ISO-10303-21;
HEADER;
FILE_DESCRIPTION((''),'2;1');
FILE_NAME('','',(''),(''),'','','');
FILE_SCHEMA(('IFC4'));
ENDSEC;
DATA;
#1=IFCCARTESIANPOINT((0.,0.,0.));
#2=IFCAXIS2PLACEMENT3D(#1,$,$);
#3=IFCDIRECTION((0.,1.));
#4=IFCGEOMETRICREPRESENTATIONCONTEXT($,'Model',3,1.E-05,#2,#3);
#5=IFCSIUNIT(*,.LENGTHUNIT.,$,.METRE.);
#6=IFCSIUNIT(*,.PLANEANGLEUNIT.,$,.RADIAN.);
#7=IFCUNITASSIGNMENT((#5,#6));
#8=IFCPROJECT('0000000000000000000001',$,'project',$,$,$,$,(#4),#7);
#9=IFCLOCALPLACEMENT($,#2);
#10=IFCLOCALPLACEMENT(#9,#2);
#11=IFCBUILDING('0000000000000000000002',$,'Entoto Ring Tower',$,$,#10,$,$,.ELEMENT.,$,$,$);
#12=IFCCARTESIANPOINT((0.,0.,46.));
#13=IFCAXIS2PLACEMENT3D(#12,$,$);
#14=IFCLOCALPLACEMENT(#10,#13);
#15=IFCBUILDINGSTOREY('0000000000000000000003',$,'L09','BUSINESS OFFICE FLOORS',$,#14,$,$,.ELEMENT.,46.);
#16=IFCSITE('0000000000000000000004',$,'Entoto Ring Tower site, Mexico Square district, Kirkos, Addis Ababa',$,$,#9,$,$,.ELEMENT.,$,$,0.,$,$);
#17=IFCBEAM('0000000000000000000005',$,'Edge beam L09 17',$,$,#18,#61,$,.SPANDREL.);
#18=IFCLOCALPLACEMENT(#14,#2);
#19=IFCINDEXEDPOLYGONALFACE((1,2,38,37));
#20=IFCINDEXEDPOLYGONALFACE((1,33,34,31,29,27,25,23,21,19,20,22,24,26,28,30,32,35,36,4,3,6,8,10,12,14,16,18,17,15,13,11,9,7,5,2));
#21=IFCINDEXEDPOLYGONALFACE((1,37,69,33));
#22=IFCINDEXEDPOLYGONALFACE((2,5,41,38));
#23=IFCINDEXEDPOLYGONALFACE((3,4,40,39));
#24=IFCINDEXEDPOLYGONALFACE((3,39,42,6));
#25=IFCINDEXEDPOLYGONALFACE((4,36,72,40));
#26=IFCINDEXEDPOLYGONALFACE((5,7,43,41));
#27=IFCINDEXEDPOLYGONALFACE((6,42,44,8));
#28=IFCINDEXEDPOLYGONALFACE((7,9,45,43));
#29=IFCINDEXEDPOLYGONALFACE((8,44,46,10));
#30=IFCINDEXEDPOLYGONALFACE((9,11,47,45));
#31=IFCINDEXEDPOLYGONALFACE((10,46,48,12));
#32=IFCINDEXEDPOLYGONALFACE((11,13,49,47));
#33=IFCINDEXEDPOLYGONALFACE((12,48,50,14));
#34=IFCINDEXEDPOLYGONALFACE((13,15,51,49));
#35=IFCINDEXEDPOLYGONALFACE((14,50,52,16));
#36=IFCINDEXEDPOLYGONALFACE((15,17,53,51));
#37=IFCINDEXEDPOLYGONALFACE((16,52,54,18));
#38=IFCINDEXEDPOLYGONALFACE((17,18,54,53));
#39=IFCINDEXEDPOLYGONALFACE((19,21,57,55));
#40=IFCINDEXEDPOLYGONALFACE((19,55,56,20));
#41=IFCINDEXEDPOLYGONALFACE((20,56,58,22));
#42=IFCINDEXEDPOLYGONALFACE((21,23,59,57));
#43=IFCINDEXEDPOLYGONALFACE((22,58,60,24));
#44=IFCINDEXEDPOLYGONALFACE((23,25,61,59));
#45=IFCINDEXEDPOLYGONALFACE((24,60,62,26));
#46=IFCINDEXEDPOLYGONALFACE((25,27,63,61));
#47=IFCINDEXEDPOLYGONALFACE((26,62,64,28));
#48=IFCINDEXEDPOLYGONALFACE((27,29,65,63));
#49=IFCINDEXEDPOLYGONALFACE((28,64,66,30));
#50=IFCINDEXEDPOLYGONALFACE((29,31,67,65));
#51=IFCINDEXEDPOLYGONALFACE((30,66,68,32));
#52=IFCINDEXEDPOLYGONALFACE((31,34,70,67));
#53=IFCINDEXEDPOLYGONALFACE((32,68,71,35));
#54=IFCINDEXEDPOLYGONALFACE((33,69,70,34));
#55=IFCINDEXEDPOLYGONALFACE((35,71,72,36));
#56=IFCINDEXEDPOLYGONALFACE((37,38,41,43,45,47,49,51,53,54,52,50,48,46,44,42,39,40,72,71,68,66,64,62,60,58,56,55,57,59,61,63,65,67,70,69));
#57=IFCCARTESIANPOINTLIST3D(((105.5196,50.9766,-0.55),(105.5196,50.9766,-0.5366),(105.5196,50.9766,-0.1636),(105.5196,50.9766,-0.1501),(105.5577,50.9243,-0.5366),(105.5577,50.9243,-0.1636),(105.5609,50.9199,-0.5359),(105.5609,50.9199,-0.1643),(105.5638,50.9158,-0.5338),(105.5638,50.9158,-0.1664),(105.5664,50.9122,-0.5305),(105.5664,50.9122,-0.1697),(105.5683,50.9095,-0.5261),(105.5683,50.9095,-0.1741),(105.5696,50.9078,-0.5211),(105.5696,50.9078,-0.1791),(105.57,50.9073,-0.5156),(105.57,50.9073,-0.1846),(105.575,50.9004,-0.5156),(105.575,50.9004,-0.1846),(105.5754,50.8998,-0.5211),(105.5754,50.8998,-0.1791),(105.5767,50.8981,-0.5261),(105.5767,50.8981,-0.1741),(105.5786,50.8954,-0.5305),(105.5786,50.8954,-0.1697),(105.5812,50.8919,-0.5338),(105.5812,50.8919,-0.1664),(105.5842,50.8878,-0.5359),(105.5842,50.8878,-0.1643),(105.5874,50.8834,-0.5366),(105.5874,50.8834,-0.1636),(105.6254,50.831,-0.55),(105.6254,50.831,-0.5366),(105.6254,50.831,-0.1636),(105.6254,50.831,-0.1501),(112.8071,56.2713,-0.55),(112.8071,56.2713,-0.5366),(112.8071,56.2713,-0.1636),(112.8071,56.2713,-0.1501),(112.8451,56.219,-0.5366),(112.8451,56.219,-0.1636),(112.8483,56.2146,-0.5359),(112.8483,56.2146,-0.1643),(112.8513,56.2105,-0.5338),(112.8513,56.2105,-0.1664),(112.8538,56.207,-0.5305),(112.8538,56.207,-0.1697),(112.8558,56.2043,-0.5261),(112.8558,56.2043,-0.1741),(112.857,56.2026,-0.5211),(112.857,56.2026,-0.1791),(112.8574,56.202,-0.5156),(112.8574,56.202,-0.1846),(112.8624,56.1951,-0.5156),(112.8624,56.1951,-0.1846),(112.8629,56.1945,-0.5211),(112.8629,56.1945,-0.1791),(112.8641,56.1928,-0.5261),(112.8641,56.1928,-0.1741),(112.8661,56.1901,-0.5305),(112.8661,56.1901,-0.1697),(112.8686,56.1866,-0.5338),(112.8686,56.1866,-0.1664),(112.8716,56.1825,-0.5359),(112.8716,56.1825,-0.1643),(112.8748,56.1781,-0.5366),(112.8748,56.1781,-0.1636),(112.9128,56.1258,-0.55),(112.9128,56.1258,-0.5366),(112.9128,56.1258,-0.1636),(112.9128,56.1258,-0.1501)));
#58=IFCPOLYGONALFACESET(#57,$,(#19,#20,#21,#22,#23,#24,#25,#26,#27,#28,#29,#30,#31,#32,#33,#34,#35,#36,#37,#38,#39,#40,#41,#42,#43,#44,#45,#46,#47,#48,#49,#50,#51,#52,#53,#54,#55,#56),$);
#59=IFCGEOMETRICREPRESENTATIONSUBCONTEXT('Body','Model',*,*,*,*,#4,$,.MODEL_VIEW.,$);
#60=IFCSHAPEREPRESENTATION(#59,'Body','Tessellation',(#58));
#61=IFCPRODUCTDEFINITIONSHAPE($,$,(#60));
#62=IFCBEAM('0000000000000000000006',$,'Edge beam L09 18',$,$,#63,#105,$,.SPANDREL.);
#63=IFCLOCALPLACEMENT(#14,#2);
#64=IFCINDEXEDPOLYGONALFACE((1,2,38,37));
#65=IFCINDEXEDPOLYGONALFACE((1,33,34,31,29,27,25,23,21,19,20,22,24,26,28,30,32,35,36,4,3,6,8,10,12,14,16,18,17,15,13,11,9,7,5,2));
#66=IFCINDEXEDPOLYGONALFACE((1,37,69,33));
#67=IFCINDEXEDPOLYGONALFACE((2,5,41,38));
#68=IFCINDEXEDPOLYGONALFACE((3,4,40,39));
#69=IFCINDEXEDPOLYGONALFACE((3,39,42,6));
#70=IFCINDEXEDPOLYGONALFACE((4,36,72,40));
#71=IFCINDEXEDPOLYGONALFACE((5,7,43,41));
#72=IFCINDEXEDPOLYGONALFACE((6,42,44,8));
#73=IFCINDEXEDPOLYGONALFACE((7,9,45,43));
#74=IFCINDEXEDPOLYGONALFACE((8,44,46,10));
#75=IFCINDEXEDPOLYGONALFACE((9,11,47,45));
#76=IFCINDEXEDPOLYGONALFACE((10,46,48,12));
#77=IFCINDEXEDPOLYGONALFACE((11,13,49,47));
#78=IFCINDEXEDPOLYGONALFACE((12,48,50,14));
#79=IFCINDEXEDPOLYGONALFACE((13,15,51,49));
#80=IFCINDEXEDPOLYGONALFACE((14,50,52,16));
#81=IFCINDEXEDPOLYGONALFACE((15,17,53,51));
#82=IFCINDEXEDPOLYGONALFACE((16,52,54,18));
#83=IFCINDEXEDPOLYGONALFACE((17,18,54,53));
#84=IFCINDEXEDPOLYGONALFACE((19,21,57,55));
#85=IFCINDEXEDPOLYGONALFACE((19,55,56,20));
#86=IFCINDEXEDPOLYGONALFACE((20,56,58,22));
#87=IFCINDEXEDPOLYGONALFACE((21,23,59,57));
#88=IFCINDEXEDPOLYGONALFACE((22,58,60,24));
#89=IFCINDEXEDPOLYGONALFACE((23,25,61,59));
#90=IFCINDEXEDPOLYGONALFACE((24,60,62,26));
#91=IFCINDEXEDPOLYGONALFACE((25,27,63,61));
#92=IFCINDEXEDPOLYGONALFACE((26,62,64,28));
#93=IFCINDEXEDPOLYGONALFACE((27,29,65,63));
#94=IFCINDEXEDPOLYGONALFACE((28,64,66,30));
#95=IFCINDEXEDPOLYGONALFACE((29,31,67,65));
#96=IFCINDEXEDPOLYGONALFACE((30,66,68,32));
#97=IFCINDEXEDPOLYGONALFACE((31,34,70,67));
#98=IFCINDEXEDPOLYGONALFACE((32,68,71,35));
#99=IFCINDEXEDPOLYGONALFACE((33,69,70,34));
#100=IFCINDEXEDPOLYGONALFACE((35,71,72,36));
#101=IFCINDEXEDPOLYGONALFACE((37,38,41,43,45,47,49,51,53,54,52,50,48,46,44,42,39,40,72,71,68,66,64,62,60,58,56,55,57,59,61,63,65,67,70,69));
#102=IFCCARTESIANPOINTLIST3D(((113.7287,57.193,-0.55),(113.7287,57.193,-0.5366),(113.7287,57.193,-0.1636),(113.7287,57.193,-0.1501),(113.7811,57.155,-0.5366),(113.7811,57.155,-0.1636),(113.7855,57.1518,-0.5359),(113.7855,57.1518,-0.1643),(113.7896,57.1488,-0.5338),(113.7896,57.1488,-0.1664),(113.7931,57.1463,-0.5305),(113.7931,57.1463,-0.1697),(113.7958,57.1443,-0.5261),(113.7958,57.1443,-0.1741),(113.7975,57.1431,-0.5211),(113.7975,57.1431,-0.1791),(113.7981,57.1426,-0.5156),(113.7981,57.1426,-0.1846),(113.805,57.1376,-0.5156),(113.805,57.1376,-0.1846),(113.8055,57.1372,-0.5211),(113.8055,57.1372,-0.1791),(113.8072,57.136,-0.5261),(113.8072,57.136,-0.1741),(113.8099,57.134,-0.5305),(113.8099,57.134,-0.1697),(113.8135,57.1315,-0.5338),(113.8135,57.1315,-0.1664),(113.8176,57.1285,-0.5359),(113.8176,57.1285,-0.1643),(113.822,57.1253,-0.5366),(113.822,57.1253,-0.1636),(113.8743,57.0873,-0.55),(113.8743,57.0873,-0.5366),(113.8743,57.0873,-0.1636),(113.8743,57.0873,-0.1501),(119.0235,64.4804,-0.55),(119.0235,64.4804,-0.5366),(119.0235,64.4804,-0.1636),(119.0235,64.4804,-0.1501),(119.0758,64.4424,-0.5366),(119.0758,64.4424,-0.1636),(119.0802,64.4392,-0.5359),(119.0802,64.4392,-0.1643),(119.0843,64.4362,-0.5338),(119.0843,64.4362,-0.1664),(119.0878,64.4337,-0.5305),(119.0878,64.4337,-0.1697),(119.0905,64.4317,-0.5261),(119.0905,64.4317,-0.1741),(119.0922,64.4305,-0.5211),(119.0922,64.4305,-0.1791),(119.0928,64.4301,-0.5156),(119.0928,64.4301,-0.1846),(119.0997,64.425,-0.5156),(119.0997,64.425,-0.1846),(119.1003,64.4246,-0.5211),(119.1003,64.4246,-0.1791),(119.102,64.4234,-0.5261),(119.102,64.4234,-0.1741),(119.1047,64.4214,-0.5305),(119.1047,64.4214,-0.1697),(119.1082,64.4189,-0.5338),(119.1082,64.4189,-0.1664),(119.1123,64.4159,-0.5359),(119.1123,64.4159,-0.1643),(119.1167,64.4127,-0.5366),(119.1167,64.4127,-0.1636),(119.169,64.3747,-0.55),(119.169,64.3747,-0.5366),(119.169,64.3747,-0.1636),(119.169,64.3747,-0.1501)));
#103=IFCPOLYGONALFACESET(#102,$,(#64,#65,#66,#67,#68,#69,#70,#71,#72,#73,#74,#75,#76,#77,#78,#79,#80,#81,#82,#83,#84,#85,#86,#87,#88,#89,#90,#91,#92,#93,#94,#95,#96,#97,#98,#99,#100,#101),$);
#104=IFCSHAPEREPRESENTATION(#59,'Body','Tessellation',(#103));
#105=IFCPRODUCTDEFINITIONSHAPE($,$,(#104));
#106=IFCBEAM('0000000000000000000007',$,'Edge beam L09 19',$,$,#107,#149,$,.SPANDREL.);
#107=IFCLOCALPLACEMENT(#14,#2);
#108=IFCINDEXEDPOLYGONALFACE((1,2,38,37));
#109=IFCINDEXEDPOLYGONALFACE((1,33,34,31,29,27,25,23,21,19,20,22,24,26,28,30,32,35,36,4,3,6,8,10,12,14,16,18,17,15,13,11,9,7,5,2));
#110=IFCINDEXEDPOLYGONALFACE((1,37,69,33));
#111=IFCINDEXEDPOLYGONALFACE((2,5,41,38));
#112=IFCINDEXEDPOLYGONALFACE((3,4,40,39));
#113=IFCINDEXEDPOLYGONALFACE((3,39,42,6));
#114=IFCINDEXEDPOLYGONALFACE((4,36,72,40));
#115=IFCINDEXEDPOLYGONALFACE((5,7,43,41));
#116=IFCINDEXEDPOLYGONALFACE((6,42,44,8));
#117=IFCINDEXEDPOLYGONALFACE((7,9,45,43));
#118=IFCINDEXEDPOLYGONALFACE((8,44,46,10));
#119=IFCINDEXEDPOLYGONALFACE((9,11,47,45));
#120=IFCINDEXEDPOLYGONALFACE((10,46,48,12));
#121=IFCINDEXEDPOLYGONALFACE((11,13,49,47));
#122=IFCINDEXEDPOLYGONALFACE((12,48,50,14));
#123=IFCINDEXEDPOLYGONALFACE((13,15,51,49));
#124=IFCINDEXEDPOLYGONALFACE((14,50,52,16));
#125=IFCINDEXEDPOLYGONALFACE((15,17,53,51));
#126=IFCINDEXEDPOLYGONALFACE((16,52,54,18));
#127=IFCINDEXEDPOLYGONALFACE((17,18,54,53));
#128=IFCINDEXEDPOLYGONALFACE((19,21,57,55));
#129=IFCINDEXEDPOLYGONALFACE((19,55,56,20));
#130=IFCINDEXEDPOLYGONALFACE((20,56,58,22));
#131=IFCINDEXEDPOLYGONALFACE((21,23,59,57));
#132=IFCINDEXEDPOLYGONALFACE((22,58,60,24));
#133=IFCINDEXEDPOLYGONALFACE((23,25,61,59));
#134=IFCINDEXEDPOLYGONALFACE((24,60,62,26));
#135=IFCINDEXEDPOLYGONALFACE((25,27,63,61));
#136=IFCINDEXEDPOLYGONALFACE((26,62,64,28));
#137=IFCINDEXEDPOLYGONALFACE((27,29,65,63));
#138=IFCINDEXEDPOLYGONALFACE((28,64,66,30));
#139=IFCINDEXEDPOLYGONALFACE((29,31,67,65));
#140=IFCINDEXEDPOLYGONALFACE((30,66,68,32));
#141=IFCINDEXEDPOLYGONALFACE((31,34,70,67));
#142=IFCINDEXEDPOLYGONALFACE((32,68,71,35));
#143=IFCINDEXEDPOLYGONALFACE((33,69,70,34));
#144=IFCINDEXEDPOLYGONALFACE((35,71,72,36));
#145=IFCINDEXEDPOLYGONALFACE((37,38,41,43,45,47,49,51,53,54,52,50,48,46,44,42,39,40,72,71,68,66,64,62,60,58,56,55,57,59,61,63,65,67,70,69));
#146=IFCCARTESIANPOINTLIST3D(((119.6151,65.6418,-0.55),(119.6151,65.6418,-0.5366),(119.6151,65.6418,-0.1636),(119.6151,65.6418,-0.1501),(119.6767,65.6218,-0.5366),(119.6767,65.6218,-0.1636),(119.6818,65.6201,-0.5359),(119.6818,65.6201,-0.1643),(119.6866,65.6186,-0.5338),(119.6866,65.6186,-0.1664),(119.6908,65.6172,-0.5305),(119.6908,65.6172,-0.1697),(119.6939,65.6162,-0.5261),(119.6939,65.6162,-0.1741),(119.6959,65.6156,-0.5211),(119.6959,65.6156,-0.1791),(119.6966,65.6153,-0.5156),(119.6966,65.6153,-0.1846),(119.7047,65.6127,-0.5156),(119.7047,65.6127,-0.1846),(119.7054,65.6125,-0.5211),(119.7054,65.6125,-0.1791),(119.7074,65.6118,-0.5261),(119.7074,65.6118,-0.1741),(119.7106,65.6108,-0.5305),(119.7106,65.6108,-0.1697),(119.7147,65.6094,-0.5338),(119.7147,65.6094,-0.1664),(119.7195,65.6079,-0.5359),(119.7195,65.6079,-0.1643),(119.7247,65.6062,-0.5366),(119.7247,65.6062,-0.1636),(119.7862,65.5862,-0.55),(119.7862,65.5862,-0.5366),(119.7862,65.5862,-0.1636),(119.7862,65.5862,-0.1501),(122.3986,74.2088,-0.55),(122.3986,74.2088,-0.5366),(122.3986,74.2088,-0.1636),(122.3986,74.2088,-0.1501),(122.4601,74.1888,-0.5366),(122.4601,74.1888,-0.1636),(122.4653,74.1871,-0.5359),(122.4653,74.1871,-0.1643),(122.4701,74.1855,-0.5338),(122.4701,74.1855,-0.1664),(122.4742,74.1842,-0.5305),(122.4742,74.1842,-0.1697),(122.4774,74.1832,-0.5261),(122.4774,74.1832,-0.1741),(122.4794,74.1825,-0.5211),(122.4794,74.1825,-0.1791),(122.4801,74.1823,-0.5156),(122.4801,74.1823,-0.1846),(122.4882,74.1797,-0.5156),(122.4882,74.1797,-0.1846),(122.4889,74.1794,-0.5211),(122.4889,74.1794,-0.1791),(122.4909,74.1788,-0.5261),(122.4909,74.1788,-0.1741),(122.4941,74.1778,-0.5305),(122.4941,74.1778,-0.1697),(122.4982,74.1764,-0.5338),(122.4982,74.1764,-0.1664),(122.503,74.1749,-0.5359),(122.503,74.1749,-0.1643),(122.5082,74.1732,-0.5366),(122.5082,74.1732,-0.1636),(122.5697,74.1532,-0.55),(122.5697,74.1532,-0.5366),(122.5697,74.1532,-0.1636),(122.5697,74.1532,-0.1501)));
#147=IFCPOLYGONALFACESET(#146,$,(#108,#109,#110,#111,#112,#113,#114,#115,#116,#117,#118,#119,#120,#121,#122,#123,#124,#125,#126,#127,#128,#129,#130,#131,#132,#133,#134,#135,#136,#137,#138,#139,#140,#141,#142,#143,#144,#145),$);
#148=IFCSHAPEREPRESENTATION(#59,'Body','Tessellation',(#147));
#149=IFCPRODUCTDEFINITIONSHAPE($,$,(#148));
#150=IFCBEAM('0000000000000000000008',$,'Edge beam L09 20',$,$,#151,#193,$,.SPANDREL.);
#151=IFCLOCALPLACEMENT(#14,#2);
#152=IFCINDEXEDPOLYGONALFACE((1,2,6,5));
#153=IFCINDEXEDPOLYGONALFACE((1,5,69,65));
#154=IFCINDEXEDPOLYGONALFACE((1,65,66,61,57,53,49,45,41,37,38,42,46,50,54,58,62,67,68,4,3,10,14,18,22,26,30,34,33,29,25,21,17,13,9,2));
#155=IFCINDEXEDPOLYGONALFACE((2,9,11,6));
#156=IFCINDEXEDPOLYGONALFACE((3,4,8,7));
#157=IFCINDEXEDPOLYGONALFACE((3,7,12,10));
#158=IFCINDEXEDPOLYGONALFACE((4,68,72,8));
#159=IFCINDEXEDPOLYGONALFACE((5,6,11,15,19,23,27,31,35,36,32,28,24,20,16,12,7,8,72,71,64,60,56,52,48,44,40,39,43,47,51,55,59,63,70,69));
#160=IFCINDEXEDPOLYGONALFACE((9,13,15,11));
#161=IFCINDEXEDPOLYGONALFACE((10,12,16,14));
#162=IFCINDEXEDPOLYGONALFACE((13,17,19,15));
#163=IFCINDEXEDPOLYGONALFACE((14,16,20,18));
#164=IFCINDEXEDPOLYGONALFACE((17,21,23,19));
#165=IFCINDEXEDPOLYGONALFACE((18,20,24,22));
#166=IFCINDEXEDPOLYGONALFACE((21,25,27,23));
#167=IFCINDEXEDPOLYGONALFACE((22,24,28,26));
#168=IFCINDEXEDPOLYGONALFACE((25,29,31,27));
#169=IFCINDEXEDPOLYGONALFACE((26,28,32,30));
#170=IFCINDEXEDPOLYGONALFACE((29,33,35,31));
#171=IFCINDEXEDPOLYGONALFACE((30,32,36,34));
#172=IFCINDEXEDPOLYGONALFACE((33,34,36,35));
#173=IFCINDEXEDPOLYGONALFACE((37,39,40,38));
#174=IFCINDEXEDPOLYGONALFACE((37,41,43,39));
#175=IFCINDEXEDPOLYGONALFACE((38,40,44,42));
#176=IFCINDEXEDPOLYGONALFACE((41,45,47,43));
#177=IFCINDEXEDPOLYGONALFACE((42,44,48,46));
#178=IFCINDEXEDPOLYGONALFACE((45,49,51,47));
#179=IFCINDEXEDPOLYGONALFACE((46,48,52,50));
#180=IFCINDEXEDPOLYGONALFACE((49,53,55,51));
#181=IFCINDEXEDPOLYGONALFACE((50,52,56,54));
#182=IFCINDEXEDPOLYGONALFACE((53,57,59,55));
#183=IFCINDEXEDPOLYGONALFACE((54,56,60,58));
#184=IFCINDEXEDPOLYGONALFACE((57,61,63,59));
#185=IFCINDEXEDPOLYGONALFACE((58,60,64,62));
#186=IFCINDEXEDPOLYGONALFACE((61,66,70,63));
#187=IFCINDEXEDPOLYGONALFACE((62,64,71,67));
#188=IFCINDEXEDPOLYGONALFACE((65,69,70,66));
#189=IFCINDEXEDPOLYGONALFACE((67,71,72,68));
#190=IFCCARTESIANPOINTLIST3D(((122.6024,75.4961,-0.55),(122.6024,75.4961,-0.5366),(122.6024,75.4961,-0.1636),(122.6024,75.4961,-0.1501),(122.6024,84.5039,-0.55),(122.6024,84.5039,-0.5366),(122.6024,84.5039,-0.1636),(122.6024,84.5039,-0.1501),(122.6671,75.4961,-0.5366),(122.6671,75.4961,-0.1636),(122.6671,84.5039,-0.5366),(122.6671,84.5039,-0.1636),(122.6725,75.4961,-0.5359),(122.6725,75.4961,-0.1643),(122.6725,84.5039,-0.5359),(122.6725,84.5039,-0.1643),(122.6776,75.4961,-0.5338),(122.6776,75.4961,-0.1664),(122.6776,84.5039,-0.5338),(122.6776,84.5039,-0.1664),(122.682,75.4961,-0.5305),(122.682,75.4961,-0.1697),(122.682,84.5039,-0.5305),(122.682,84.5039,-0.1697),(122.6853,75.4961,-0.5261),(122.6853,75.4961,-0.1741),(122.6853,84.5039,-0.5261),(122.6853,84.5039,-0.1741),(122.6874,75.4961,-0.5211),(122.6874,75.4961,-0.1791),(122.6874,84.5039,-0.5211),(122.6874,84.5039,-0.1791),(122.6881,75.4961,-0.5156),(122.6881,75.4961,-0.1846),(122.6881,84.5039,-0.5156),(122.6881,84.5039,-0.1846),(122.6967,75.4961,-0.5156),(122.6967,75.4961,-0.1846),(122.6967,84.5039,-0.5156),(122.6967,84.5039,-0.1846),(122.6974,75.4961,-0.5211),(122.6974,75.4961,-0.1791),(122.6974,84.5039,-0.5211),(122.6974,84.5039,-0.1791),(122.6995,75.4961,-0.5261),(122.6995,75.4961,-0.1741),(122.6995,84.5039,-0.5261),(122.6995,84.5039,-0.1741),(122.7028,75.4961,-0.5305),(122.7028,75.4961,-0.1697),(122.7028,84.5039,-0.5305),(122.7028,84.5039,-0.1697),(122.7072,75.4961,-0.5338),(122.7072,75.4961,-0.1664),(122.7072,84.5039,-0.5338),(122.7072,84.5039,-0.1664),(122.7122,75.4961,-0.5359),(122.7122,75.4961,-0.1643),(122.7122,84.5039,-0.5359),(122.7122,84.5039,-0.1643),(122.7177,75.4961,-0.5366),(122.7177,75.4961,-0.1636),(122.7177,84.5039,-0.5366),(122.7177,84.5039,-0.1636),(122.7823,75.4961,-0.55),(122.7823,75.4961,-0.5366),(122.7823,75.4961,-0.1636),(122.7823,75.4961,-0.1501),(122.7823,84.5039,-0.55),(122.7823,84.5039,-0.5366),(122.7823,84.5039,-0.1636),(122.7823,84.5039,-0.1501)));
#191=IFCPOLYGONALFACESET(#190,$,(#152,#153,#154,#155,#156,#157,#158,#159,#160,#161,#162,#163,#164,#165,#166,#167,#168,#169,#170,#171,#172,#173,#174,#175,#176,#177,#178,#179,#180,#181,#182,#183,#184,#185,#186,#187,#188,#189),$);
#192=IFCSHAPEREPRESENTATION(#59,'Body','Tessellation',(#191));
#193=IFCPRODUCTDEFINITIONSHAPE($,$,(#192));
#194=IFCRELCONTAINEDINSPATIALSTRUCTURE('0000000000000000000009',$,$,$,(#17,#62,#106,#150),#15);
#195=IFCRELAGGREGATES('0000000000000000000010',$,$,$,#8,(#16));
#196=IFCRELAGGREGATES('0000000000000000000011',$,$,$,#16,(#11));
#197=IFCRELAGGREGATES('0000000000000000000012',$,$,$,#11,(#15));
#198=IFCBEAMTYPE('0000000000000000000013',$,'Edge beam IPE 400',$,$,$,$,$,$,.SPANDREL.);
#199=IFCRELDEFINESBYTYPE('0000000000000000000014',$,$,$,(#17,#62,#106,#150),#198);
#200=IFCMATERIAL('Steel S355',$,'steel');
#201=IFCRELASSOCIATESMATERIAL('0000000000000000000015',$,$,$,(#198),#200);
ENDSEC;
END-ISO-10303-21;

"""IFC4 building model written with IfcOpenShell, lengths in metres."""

from ifc_helpers import new_model, si_unit, direction, frame, origin, origin_2d, place, context, subcontext, project, spatial, i_section, extrude, material, material_profile, profile_set, type_object, element, save


model = new_model("IFC4")

# Units and contexts
model_context = context("Model", 3, precision=1e-05, world=origin(), true_north=direction((0.0, 1.0)))
body_context = subcontext(model_context, "Body", "Model", "MODEL_VIEW")
ifc_project = project(units=[si_unit("LENGTHUNIT", "METRE"), si_unit("PLANEANGLEUNIT", "RADIAN")], contexts=[model_context])

# Site, building, storey
site_placement = place(None, origin())
site = spatial("IfcSite", under=ifc_project, at=site_placement, Name="Entoto Ring Tower site, Mexico Square district, Kirkos, Addis Ababa", CompositionType="ELEMENT", RefElevation=0.0)
building_placement = place(site_placement, origin())
building = spatial("IfcBuilding", under=site, at=building_placement, Name="Entoto Ring Tower", CompositionType="ELEMENT")
storey_placement = place(building_placement, frame((0.0, 0.0, 46.0)))
storey = spatial("IfcBuildingStorey", under=building, at=storey_placement, Name="L09", Description="BUSINESS OFFICE FLOORS", CompositionType="ELEMENT", Elevation=46.0)

# Beams
ifc_material_1 = material(Name="Steel S355", Category="steel")
ifc_material_profile_1 = material_profile(ifc_material_1, i_section(OverallWidth=0.1799, OverallDepth=0.3999, WebThickness=0.0085, FlangeThickness=0.0134, FilletRadius=0.021, at=origin_2d()), Name="IPE 400")
ifc_profile_set_1 = profile_set([ifc_material_profile_1], Name="Steel S355")
beam_type_1 = type_object("IfcBeamType", Name="Edge beam IPE 400", PredefinedType="SPANDREL", material=ifc_profile_set_1)
for number, where, z_axis, x_axis, name in (
    (1, (105.5725, 50.9038, -0.3501), (0.809011, 0.587793, 0.0), (-0.587793, 0.809011, 0.0), "Edge beam L09 17"),
    (2, (113.8015, 57.1401, -0.3501), (0.587793, 0.809011, 0.0), (-0.809011, 0.587793, 0.0), "Edge beam L09 18"),
    (3, (119.7007, 65.614, -0.3501), (0.309006, 0.95106, 0.0), (-0.95106, 0.309006, 0.0), "Edge beam L09 19"),
    (4, (122.6924, 75.4961, -0.3501), (0.0, 1.0, 0.0), (-1.0, 0.0, 0.0), "Edge beam L09 20"),
):
    element("IfcBeam", number, at=place(storey_placement, frame(where, z_axis=z_axis, x_axis=x_axis)), inside=storey, type_object=beam_type_1, Name=name, PredefinedType="SPANDREL", context=body_context, shape_type="SweptSolid", body=[
        extrude(i_section(OverallWidth=0.1799, OverallDepth=0.3999, WebThickness=0.0085, FlangeThickness=0.0134, FilletRadius=0.021, at=origin_2d()), origin(), (0.0, 0.0, 1.0), 9.0078),
    ])

save(model, "model.ifc")
